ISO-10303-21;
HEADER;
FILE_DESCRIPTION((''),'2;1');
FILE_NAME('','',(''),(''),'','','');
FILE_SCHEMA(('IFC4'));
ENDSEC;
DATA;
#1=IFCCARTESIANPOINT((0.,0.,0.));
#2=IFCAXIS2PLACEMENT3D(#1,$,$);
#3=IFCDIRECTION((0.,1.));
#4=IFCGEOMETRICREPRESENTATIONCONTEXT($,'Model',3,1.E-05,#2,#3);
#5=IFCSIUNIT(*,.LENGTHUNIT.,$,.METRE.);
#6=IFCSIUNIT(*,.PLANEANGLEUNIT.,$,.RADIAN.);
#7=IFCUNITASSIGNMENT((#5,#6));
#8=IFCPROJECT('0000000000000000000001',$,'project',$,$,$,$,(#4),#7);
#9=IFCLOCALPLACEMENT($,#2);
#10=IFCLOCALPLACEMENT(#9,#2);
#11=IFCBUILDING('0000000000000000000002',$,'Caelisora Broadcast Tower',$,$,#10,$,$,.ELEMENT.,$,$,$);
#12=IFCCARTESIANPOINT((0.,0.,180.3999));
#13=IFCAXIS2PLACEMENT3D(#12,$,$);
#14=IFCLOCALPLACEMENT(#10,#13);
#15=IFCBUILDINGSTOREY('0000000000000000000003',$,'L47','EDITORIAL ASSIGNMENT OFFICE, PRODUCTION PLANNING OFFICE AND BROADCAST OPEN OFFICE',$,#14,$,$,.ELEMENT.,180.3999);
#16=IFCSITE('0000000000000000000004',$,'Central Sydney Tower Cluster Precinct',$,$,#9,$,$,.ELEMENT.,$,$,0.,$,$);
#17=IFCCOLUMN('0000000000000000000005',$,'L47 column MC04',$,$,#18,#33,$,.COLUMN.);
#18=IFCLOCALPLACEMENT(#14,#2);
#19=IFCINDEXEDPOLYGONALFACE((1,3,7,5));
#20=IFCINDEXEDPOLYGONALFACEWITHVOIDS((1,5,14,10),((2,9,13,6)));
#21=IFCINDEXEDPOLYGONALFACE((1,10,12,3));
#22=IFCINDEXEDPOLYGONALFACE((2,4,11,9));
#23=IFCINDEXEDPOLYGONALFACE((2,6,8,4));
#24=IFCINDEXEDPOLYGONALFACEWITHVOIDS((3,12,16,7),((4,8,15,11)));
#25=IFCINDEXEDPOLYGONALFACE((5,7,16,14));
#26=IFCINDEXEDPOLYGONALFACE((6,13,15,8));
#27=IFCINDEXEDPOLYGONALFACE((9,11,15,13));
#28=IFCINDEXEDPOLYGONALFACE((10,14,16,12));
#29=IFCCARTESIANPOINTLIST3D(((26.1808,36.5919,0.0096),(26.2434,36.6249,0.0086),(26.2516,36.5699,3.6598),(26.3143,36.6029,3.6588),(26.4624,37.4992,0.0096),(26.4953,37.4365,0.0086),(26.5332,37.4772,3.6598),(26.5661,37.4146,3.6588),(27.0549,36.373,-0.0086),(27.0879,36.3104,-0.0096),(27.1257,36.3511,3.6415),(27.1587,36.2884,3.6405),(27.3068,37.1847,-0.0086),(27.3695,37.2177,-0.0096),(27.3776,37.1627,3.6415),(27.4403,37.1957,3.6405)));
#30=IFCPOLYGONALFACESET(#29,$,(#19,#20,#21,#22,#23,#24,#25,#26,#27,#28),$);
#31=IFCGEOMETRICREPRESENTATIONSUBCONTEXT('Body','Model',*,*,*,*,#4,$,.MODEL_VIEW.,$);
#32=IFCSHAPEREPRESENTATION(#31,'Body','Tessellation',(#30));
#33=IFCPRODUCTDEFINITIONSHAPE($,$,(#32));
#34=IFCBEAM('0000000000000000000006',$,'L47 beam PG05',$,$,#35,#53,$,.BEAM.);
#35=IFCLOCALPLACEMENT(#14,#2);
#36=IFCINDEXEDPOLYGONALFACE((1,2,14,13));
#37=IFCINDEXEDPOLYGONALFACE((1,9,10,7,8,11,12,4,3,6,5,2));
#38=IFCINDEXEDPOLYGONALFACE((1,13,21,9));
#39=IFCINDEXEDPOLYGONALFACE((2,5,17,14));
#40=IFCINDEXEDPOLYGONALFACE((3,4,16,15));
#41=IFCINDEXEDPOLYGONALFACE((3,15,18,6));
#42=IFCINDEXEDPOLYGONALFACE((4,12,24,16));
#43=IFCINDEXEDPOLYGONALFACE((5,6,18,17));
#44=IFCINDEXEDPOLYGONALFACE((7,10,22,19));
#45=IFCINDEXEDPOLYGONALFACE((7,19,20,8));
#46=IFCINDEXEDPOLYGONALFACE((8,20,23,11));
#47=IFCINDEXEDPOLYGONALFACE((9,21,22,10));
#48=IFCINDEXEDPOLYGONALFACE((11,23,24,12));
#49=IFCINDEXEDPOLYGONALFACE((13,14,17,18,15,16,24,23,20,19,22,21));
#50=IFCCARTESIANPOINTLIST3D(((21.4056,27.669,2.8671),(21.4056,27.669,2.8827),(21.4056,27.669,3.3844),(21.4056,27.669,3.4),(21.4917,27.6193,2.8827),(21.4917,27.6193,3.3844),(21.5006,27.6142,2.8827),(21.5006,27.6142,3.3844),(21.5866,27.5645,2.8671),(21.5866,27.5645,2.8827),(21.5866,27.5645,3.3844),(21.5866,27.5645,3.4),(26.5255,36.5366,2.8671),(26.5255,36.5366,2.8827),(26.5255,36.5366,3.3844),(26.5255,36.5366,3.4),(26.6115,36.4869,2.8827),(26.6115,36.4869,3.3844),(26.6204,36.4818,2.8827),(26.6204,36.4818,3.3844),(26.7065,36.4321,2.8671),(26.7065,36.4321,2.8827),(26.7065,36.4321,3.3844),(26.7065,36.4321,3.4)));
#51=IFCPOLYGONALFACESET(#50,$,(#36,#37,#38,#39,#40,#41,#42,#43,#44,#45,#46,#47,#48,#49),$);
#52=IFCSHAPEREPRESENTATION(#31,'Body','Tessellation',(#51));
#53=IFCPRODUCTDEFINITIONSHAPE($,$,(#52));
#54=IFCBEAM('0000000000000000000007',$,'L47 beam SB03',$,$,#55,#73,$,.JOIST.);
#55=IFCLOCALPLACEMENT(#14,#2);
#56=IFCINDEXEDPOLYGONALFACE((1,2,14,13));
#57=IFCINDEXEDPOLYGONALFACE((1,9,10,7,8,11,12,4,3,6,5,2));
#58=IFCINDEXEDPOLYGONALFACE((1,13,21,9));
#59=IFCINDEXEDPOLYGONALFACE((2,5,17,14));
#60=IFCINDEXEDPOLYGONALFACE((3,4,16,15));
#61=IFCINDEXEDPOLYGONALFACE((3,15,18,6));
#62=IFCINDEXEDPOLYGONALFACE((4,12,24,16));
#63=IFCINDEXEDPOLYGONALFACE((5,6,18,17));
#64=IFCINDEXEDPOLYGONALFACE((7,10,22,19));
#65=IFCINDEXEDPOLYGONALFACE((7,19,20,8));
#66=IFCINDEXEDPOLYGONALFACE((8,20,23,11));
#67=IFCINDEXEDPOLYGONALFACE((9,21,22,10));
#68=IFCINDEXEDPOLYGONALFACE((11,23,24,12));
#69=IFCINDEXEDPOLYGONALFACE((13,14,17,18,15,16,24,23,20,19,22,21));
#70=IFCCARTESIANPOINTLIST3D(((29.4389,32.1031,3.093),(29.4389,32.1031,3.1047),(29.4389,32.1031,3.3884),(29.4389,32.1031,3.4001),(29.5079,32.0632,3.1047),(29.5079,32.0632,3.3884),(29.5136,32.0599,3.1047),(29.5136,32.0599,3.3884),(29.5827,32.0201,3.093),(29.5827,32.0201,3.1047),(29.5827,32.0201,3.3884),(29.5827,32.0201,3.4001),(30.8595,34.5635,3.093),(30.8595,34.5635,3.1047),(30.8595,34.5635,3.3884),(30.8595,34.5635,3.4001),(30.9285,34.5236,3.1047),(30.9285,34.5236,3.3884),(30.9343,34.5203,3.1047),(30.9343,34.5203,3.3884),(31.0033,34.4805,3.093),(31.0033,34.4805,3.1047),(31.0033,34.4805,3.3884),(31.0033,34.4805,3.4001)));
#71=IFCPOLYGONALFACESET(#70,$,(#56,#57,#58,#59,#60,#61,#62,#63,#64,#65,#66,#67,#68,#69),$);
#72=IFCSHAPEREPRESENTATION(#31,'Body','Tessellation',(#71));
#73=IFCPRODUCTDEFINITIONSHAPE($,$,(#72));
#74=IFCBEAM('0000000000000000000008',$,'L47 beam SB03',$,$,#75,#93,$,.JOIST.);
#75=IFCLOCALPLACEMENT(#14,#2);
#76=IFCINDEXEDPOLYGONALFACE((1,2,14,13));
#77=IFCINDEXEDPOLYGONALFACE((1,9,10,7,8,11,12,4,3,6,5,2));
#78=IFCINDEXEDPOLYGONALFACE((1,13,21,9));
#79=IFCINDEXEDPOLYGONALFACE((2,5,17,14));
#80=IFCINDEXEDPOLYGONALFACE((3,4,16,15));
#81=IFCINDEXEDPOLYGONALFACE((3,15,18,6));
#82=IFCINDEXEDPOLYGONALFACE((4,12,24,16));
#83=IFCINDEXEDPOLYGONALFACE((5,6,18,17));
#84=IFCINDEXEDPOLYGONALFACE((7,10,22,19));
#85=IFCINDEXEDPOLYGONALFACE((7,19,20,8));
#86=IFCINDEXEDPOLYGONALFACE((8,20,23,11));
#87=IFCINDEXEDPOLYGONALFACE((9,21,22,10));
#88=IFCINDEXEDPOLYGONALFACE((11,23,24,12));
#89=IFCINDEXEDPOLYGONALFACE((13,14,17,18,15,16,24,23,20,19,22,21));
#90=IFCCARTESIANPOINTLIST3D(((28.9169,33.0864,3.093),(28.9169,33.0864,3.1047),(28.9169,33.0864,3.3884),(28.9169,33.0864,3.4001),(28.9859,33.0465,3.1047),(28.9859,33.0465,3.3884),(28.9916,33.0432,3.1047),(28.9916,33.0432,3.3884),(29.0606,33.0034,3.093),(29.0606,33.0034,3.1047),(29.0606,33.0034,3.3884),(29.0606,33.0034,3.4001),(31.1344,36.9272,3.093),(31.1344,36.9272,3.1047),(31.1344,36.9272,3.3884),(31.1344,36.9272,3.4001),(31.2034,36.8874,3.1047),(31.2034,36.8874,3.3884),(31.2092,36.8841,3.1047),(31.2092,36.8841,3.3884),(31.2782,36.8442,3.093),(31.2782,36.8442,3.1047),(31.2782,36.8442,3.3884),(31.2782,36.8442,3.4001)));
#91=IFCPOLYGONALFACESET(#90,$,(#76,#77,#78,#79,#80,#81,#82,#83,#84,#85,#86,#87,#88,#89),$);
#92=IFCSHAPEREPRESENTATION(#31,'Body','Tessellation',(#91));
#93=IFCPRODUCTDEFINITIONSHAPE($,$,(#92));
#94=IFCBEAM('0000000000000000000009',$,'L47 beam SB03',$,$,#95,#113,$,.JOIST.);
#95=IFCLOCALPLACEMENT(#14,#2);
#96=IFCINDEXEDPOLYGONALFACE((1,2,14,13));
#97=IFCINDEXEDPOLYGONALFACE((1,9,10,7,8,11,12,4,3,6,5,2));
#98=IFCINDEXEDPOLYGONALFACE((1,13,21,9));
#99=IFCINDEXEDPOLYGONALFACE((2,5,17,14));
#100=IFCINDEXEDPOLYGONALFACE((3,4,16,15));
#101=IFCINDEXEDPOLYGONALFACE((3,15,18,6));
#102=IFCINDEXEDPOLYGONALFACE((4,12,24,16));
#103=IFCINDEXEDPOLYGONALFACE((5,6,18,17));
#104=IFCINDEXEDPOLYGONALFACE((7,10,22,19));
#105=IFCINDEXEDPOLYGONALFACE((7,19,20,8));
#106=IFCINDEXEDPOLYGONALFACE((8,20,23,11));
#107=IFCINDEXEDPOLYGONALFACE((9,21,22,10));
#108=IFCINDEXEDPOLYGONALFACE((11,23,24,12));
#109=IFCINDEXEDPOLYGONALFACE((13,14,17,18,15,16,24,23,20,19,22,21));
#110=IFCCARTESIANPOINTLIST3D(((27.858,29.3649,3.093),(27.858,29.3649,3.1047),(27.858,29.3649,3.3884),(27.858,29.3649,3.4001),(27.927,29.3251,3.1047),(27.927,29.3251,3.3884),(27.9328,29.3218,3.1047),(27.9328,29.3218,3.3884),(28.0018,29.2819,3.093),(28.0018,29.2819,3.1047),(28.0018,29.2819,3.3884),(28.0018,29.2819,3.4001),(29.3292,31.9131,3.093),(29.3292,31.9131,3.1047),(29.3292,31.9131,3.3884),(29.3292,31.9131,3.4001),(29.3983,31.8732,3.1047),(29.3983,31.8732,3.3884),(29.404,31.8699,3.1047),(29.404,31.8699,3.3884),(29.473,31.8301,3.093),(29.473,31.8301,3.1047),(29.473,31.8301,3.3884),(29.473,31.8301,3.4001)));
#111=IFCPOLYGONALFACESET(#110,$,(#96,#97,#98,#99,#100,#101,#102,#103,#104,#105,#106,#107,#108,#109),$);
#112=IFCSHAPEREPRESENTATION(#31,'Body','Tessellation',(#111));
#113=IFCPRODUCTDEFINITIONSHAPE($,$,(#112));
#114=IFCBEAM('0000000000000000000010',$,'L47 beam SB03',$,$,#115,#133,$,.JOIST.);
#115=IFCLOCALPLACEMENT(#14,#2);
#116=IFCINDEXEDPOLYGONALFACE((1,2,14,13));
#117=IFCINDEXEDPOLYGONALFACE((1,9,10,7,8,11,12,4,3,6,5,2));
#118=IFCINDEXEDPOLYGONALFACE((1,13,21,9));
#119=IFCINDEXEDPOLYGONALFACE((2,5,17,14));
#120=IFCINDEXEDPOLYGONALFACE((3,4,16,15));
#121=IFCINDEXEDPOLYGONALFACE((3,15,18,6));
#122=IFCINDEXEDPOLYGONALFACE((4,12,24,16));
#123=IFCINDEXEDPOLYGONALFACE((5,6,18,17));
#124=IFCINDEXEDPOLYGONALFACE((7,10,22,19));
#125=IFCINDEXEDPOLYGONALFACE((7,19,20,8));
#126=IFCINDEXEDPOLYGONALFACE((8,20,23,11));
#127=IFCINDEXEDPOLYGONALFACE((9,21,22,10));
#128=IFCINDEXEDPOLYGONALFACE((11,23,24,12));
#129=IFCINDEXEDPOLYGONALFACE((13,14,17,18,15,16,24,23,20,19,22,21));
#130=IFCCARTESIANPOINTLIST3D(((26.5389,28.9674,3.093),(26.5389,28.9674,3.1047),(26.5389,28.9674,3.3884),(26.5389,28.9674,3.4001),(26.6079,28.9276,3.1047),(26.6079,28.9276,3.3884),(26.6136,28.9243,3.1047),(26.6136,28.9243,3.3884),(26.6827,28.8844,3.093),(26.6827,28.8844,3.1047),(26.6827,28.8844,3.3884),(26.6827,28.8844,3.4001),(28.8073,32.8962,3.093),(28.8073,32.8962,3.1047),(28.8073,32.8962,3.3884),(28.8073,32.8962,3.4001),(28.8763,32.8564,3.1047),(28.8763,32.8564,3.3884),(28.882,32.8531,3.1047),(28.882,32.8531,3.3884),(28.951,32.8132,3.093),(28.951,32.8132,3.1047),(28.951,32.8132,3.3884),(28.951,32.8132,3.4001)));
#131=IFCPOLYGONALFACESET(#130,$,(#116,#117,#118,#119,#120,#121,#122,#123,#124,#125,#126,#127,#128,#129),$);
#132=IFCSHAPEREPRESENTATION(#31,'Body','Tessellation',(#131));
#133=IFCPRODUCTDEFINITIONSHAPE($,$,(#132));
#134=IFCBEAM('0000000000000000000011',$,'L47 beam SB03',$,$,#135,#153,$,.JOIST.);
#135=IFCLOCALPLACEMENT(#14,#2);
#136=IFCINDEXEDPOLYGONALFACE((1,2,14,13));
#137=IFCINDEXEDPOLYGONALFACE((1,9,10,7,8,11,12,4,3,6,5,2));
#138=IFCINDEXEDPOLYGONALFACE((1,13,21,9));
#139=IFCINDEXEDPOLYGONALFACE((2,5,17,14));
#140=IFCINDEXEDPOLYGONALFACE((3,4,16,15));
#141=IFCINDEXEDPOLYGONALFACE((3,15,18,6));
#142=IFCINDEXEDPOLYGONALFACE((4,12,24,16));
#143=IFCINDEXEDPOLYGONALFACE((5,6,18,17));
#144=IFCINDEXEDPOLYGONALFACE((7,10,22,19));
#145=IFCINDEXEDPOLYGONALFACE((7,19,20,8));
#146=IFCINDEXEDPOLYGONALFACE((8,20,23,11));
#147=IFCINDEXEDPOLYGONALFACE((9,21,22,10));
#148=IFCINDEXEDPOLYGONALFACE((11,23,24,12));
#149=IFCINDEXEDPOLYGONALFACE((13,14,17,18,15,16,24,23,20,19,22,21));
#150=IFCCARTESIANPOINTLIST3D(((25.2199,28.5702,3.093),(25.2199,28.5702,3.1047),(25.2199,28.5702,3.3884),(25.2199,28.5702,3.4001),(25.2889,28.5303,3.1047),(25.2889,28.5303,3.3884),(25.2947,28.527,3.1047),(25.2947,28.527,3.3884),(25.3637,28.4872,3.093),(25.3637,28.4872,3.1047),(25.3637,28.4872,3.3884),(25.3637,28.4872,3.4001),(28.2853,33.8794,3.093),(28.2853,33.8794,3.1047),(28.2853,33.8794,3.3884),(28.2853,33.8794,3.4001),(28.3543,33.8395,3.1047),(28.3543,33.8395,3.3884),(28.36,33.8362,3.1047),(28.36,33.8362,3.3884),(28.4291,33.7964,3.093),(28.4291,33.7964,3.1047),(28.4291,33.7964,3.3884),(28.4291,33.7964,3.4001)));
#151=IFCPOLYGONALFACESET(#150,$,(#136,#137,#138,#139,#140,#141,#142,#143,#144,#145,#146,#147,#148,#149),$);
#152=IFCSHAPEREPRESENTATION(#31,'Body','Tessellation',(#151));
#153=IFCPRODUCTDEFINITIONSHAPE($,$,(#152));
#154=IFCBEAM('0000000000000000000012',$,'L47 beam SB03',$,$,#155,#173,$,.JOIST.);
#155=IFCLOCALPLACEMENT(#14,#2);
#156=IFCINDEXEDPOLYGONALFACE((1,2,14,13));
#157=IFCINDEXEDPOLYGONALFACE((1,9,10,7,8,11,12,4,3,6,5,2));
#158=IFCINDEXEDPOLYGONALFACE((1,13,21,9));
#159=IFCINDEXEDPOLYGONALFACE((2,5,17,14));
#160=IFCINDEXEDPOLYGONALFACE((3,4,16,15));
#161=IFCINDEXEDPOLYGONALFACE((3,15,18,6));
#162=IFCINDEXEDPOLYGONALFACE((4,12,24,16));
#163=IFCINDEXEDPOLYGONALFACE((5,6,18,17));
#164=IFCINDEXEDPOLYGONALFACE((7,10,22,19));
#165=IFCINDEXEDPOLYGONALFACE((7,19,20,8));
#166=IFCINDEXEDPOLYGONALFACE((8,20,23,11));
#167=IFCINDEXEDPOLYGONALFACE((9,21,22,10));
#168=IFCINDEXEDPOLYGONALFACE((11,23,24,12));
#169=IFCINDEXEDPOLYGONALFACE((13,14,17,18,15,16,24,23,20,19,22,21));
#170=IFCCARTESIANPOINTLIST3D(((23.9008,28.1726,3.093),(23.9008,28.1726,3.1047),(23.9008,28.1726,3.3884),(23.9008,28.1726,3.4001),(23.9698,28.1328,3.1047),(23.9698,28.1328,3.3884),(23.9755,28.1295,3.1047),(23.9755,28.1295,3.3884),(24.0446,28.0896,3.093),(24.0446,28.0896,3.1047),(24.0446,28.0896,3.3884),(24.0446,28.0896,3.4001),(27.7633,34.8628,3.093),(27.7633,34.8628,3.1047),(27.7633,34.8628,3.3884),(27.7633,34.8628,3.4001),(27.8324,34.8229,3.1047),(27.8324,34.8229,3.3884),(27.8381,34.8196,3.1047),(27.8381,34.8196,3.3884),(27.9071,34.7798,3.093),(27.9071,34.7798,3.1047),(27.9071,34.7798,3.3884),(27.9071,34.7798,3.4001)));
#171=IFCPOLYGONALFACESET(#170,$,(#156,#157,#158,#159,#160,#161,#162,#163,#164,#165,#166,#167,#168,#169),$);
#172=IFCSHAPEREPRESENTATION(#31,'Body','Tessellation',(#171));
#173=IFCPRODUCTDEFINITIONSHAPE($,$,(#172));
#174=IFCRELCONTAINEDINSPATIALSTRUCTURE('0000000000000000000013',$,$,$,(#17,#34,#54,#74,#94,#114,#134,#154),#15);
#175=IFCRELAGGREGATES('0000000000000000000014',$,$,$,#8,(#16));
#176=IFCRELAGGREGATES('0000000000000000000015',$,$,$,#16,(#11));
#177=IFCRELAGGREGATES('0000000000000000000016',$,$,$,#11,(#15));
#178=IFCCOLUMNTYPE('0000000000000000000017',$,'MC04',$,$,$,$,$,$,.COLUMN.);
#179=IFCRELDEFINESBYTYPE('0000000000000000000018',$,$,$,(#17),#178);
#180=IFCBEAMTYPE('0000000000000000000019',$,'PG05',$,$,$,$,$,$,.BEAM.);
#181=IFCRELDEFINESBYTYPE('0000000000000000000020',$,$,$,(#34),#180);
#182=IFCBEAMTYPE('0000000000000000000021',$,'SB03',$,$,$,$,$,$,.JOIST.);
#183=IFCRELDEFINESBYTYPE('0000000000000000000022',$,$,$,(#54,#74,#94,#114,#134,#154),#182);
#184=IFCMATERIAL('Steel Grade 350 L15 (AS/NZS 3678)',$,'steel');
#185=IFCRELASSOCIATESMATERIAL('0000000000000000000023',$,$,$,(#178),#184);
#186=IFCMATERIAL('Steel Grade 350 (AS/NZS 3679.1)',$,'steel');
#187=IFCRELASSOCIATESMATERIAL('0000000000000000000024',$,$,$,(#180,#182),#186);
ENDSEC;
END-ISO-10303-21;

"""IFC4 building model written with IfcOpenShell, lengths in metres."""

from ifc_helpers import new_model, si_unit, direction, frame, origin, origin_2d, place, context, subcontext, project, spatial, hollow_rectangle, i_section, extrude, source, transform, mapped, material, material_profile, profile_set, type_object, type_shapes, element, save


model = new_model("IFC4")

# Units and contexts
model_context = context("Model", 3, precision=1e-05, world=origin(), true_north=direction((0.0, 1.0)))
body_context = subcontext(model_context, "Body", "Model", "MODEL_VIEW")
ifc_project = project(units=[si_unit("LENGTHUNIT", "METRE"), si_unit("PLANEANGLEUNIT", "RADIAN")], contexts=[model_context])

# Site, building, storey
site_placement = place(None, origin())
site = spatial("IfcSite", under=ifc_project, at=site_placement, Name="Central Sydney Tower Cluster Precinct", CompositionType="ELEMENT", RefElevation=0.0)
building_placement = place(site_placement, origin())
building = spatial("IfcBuilding", under=site, at=building_placement, Name="Caelisora Broadcast Tower", CompositionType="ELEMENT")
storey_placement = place(building_placement, frame((0.0, 0.0, 180.3999)))
storey = spatial("IfcBuildingStorey", under=building, at=storey_placement, Name="L47", Description="EDITORIAL ASSIGNMENT OFFICE, PRODUCTION PLANNING OFFICE AND BROADCAST OPEN OFFICE", CompositionType="ELEMENT", Elevation=180.3999)

# Column
ifc_material_1 = material(Name="Steel Grade 350 L15 (AS/NZS 3678)", Category="steel")
ifc_material_profile_1 = material_profile(ifc_material_1, hollow_rectangle(XDim=0.95, YDim=0.95, WallThickness=0.05, at=origin_2d()), Name="Steel Grade 350 L15 (AS/NZS 3678)")
ifc_profile_set_1 = profile_set([ifc_material_profile_1], Name="Steel Grade 350 L15 (AS/NZS 3678)")
column_type = type_object("IfcColumnType", Name="MC04", PredefinedType="COLUMN", material=ifc_profile_set_1)
shared_shape_1 = source(origin(), body_context, "Body", "SweptSolid", [
    extrude(hollow_rectangle(XDim=0.95, YDim=0.95, WallThickness=0.05, at=origin_2d()), origin(), (0.0, 0.0, 1.0), 3.6509),
])
type_shapes(column_type, [shared_shape_1])
column_placement = place(storey_placement, frame((26.7751, 36.9048, 0.0), z_axis=(0.019393, -0.006018, 0.999794), x_axis=(0.296399, 0.955064, 0.0)))
element("IfcColumn", 1, at=column_placement, inside=storey, type_object=column_type, Name="L47 column MC04", PredefinedType="COLUMN", context=body_context, shape_type="MappedRepresentation", body=[
    mapped(shared_shape_1, transform((0.0, 0.0, 0.0), scale=1.0)),
])

# Beams
ifc_material_2 = material(Name="Steel Grade 350 (AS/NZS 3679.1)", Category="steel")
ifc_material_profile_2 = material_profile(ifc_material_2, i_section(OverallWidth=0.209, OverallDepth=0.533, WebThickness=0.0103, FlangeThickness=0.0156, at=origin_2d()), Name="Steel Grade 350 (AS/NZS 3679.1)")
ifc_profile_set_2 = profile_set([ifc_material_profile_2], Name="Steel Grade 350 (AS/NZS 3679.1)")
beam_type_1 = type_object("IfcBeamType", Name="PG05", PredefinedType="BEAM", material=ifc_profile_set_2)
shared_shape_2 = source(origin(), body_context, "Body", "SweptSolid", [
    extrude(i_section(OverallWidth=0.209, OverallDepth=0.533, WebThickness=0.0103, FlangeThickness=0.0156, at=origin_2d()), origin(), (0.0, 0.0, 1.0), 10.2395),
])
type_shapes(beam_type_1, [shared_shape_2])
beam_1_placement = place(storey_placement, frame((26.616, 36.4844, 3.1335), z_axis=(-0.500009, -0.86602, 0.0), x_axis=(0.86602, -0.500009, 0.0)))
element("IfcBeam", 2, at=beam_1_placement, inside=storey, type_object=beam_type_1, Name="L47 beam PG05", PredefinedType="BEAM", context=body_context, shape_type="MappedRepresentation", body=[
    mapped(shared_shape_2, transform((0.0, 0.0, 0.0), scale=1.0)),
])
ifc_material_profile_3 = material_profile(ifc_material_2, i_section(OverallWidth=0.166, OverallDepth=0.3071, WebThickness=0.0066, FlangeThickness=0.0117, at=origin_2d()), Name="Steel Grade 350 (AS/NZS 3679.1)")
ifc_profile_set_3 = profile_set([ifc_material_profile_3], Name="Steel Grade 350 (AS/NZS 3679.1)")
beam_type_2 = type_object("IfcBeamType", Name="SB03", PredefinedType="JOIST", material=ifc_profile_set_3)
shared_shape_3 = source(origin(), body_context, "Body", "SweptSolid", [
    extrude(i_section(OverallWidth=0.166, OverallDepth=0.3071, WebThickness=0.0066, FlangeThickness=0.0117, at=origin_2d()), origin(), (0.0, 0.0, 1.0), 2.8411),
])
beam_2_placement = place(storey_placement, frame((30.9314, 34.522, 3.2466), z_axis=(-0.50003, -0.866008, 0.0), x_axis=(0.866008, -0.50003, 0.0)))
element("IfcBeam", 3, at=beam_2_placement, inside=storey, type_object=beam_type_2, Name="L47 beam SB03", PredefinedType="JOIST", context=body_context, shape_type="MappedRepresentation", body=[
    mapped(shared_shape_3, transform((0.0, 0.0, 0.0), scale=1.0)),
])
shared_shape_4 = source(origin(), body_context, "Body", "SweptSolid", [
    extrude(i_section(OverallWidth=0.166, OverallDepth=0.3071, WebThickness=0.0066, FlangeThickness=0.0117, at=origin_2d()), origin(), (0.0, 0.0, 1.0), 4.4351),
])
beam_3_placement = place(storey_placement, frame((31.2063, 36.8857, 3.2466), z_axis=(-0.500005, -0.866022, 0.0), x_axis=(0.866022, -0.500005, 0.0)))
element("IfcBeam", 4, at=beam_3_placement, inside=storey, type_object=beam_type_2, Name="L47 beam SB03", PredefinedType="JOIST", context=body_context, shape_type="MappedRepresentation", body=[
    mapped(shared_shape_4, transform((0.0, 0.0, 0.0), scale=1.0)),
])
shared_shape_5 = source(origin(), body_context, "Body", "SweptSolid", [
    extrude(i_section(OverallWidth=0.166, OverallDepth=0.3071, WebThickness=0.0066, FlangeThickness=0.0117, at=origin_2d()), origin(), (0.0, 0.0, 1.0), 2.9424),
])
beam_4_placement = place(storey_placement, frame((29.4011, 31.8716, 3.2466), z_axis=(-0.500012, -0.866018, 0.0), x_axis=(0.866018, -0.500012, 0.0)))
element("IfcBeam", 5, at=beam_4_placement, inside=storey, type_object=beam_type_2, Name="L47 beam SB03", PredefinedType="JOIST", context=body_context, shape_type="MappedRepresentation", body=[
    mapped(shared_shape_5, transform((0.0, 0.0, 0.0), scale=1.0)),
])
shared_shape_6 = source(origin(), body_context, "Body", "SweptSolid", [
    extrude(i_section(OverallWidth=0.166, OverallDepth=0.3071, WebThickness=0.0066, FlangeThickness=0.0117, at=origin_2d()), origin(), (0.0, 0.0, 1.0), 4.5366),
])
beam_5_placement = place(storey_placement, frame((28.8792, 32.8547, 3.2466), z_axis=(-0.500011, -0.866019, 0.0), x_axis=(0.866019, -0.500011, 0.0)))
element("IfcBeam", 6, at=beam_5_placement, inside=storey, type_object=beam_type_2, Name="L47 beam SB03", PredefinedType="JOIST", context=body_context, shape_type="MappedRepresentation", body=[
    mapped(shared_shape_6, transform((0.0, 0.0, 0.0), scale=1.0)),
])
shared_shape_7 = source(origin(), body_context, "Body", "SweptSolid", [
    extrude(i_section(OverallWidth=0.166, OverallDepth=0.3071, WebThickness=0.0066, FlangeThickness=0.0117, at=origin_2d()), origin(), (0.0, 0.0, 1.0), 6.1306),
])
beam_6_placement = place(storey_placement, frame((28.3572, 33.8379, 3.2466), z_axis=(-0.500011, -0.866019, 0.0), x_axis=(0.866019, -0.500011, 0.0)))
element("IfcBeam", 7, at=beam_6_placement, inside=storey, type_object=beam_type_2, Name="L47 beam SB03", PredefinedType="JOIST", context=body_context, shape_type="MappedRepresentation", body=[
    mapped(shared_shape_7, transform((0.0, 0.0, 0.0), scale=1.0)),
])
shared_shape_8 = source(origin(), body_context, "Body", "SweptSolid", [
    extrude(i_section(OverallWidth=0.166, OverallDepth=0.3071, WebThickness=0.0066, FlangeThickness=0.0117, at=origin_2d()), origin(), (0.0, 0.0, 1.0), 7.7251),
])
beam_7_placement = place(storey_placement, frame((27.8352, 34.8213, 3.2466), z_axis=(-0.499997, -0.866027, 0.0), x_axis=(0.866027, -0.499997, 0.0)))
element("IfcBeam", 8, at=beam_7_placement, inside=storey, type_object=beam_type_2, Name="L47 beam SB03", PredefinedType="JOIST", context=body_context, shape_type="MappedRepresentation", body=[
    mapped(shared_shape_8, transform((0.0, 0.0, 0.0), scale=1.0)),
])

save(model, "model.ifc")
